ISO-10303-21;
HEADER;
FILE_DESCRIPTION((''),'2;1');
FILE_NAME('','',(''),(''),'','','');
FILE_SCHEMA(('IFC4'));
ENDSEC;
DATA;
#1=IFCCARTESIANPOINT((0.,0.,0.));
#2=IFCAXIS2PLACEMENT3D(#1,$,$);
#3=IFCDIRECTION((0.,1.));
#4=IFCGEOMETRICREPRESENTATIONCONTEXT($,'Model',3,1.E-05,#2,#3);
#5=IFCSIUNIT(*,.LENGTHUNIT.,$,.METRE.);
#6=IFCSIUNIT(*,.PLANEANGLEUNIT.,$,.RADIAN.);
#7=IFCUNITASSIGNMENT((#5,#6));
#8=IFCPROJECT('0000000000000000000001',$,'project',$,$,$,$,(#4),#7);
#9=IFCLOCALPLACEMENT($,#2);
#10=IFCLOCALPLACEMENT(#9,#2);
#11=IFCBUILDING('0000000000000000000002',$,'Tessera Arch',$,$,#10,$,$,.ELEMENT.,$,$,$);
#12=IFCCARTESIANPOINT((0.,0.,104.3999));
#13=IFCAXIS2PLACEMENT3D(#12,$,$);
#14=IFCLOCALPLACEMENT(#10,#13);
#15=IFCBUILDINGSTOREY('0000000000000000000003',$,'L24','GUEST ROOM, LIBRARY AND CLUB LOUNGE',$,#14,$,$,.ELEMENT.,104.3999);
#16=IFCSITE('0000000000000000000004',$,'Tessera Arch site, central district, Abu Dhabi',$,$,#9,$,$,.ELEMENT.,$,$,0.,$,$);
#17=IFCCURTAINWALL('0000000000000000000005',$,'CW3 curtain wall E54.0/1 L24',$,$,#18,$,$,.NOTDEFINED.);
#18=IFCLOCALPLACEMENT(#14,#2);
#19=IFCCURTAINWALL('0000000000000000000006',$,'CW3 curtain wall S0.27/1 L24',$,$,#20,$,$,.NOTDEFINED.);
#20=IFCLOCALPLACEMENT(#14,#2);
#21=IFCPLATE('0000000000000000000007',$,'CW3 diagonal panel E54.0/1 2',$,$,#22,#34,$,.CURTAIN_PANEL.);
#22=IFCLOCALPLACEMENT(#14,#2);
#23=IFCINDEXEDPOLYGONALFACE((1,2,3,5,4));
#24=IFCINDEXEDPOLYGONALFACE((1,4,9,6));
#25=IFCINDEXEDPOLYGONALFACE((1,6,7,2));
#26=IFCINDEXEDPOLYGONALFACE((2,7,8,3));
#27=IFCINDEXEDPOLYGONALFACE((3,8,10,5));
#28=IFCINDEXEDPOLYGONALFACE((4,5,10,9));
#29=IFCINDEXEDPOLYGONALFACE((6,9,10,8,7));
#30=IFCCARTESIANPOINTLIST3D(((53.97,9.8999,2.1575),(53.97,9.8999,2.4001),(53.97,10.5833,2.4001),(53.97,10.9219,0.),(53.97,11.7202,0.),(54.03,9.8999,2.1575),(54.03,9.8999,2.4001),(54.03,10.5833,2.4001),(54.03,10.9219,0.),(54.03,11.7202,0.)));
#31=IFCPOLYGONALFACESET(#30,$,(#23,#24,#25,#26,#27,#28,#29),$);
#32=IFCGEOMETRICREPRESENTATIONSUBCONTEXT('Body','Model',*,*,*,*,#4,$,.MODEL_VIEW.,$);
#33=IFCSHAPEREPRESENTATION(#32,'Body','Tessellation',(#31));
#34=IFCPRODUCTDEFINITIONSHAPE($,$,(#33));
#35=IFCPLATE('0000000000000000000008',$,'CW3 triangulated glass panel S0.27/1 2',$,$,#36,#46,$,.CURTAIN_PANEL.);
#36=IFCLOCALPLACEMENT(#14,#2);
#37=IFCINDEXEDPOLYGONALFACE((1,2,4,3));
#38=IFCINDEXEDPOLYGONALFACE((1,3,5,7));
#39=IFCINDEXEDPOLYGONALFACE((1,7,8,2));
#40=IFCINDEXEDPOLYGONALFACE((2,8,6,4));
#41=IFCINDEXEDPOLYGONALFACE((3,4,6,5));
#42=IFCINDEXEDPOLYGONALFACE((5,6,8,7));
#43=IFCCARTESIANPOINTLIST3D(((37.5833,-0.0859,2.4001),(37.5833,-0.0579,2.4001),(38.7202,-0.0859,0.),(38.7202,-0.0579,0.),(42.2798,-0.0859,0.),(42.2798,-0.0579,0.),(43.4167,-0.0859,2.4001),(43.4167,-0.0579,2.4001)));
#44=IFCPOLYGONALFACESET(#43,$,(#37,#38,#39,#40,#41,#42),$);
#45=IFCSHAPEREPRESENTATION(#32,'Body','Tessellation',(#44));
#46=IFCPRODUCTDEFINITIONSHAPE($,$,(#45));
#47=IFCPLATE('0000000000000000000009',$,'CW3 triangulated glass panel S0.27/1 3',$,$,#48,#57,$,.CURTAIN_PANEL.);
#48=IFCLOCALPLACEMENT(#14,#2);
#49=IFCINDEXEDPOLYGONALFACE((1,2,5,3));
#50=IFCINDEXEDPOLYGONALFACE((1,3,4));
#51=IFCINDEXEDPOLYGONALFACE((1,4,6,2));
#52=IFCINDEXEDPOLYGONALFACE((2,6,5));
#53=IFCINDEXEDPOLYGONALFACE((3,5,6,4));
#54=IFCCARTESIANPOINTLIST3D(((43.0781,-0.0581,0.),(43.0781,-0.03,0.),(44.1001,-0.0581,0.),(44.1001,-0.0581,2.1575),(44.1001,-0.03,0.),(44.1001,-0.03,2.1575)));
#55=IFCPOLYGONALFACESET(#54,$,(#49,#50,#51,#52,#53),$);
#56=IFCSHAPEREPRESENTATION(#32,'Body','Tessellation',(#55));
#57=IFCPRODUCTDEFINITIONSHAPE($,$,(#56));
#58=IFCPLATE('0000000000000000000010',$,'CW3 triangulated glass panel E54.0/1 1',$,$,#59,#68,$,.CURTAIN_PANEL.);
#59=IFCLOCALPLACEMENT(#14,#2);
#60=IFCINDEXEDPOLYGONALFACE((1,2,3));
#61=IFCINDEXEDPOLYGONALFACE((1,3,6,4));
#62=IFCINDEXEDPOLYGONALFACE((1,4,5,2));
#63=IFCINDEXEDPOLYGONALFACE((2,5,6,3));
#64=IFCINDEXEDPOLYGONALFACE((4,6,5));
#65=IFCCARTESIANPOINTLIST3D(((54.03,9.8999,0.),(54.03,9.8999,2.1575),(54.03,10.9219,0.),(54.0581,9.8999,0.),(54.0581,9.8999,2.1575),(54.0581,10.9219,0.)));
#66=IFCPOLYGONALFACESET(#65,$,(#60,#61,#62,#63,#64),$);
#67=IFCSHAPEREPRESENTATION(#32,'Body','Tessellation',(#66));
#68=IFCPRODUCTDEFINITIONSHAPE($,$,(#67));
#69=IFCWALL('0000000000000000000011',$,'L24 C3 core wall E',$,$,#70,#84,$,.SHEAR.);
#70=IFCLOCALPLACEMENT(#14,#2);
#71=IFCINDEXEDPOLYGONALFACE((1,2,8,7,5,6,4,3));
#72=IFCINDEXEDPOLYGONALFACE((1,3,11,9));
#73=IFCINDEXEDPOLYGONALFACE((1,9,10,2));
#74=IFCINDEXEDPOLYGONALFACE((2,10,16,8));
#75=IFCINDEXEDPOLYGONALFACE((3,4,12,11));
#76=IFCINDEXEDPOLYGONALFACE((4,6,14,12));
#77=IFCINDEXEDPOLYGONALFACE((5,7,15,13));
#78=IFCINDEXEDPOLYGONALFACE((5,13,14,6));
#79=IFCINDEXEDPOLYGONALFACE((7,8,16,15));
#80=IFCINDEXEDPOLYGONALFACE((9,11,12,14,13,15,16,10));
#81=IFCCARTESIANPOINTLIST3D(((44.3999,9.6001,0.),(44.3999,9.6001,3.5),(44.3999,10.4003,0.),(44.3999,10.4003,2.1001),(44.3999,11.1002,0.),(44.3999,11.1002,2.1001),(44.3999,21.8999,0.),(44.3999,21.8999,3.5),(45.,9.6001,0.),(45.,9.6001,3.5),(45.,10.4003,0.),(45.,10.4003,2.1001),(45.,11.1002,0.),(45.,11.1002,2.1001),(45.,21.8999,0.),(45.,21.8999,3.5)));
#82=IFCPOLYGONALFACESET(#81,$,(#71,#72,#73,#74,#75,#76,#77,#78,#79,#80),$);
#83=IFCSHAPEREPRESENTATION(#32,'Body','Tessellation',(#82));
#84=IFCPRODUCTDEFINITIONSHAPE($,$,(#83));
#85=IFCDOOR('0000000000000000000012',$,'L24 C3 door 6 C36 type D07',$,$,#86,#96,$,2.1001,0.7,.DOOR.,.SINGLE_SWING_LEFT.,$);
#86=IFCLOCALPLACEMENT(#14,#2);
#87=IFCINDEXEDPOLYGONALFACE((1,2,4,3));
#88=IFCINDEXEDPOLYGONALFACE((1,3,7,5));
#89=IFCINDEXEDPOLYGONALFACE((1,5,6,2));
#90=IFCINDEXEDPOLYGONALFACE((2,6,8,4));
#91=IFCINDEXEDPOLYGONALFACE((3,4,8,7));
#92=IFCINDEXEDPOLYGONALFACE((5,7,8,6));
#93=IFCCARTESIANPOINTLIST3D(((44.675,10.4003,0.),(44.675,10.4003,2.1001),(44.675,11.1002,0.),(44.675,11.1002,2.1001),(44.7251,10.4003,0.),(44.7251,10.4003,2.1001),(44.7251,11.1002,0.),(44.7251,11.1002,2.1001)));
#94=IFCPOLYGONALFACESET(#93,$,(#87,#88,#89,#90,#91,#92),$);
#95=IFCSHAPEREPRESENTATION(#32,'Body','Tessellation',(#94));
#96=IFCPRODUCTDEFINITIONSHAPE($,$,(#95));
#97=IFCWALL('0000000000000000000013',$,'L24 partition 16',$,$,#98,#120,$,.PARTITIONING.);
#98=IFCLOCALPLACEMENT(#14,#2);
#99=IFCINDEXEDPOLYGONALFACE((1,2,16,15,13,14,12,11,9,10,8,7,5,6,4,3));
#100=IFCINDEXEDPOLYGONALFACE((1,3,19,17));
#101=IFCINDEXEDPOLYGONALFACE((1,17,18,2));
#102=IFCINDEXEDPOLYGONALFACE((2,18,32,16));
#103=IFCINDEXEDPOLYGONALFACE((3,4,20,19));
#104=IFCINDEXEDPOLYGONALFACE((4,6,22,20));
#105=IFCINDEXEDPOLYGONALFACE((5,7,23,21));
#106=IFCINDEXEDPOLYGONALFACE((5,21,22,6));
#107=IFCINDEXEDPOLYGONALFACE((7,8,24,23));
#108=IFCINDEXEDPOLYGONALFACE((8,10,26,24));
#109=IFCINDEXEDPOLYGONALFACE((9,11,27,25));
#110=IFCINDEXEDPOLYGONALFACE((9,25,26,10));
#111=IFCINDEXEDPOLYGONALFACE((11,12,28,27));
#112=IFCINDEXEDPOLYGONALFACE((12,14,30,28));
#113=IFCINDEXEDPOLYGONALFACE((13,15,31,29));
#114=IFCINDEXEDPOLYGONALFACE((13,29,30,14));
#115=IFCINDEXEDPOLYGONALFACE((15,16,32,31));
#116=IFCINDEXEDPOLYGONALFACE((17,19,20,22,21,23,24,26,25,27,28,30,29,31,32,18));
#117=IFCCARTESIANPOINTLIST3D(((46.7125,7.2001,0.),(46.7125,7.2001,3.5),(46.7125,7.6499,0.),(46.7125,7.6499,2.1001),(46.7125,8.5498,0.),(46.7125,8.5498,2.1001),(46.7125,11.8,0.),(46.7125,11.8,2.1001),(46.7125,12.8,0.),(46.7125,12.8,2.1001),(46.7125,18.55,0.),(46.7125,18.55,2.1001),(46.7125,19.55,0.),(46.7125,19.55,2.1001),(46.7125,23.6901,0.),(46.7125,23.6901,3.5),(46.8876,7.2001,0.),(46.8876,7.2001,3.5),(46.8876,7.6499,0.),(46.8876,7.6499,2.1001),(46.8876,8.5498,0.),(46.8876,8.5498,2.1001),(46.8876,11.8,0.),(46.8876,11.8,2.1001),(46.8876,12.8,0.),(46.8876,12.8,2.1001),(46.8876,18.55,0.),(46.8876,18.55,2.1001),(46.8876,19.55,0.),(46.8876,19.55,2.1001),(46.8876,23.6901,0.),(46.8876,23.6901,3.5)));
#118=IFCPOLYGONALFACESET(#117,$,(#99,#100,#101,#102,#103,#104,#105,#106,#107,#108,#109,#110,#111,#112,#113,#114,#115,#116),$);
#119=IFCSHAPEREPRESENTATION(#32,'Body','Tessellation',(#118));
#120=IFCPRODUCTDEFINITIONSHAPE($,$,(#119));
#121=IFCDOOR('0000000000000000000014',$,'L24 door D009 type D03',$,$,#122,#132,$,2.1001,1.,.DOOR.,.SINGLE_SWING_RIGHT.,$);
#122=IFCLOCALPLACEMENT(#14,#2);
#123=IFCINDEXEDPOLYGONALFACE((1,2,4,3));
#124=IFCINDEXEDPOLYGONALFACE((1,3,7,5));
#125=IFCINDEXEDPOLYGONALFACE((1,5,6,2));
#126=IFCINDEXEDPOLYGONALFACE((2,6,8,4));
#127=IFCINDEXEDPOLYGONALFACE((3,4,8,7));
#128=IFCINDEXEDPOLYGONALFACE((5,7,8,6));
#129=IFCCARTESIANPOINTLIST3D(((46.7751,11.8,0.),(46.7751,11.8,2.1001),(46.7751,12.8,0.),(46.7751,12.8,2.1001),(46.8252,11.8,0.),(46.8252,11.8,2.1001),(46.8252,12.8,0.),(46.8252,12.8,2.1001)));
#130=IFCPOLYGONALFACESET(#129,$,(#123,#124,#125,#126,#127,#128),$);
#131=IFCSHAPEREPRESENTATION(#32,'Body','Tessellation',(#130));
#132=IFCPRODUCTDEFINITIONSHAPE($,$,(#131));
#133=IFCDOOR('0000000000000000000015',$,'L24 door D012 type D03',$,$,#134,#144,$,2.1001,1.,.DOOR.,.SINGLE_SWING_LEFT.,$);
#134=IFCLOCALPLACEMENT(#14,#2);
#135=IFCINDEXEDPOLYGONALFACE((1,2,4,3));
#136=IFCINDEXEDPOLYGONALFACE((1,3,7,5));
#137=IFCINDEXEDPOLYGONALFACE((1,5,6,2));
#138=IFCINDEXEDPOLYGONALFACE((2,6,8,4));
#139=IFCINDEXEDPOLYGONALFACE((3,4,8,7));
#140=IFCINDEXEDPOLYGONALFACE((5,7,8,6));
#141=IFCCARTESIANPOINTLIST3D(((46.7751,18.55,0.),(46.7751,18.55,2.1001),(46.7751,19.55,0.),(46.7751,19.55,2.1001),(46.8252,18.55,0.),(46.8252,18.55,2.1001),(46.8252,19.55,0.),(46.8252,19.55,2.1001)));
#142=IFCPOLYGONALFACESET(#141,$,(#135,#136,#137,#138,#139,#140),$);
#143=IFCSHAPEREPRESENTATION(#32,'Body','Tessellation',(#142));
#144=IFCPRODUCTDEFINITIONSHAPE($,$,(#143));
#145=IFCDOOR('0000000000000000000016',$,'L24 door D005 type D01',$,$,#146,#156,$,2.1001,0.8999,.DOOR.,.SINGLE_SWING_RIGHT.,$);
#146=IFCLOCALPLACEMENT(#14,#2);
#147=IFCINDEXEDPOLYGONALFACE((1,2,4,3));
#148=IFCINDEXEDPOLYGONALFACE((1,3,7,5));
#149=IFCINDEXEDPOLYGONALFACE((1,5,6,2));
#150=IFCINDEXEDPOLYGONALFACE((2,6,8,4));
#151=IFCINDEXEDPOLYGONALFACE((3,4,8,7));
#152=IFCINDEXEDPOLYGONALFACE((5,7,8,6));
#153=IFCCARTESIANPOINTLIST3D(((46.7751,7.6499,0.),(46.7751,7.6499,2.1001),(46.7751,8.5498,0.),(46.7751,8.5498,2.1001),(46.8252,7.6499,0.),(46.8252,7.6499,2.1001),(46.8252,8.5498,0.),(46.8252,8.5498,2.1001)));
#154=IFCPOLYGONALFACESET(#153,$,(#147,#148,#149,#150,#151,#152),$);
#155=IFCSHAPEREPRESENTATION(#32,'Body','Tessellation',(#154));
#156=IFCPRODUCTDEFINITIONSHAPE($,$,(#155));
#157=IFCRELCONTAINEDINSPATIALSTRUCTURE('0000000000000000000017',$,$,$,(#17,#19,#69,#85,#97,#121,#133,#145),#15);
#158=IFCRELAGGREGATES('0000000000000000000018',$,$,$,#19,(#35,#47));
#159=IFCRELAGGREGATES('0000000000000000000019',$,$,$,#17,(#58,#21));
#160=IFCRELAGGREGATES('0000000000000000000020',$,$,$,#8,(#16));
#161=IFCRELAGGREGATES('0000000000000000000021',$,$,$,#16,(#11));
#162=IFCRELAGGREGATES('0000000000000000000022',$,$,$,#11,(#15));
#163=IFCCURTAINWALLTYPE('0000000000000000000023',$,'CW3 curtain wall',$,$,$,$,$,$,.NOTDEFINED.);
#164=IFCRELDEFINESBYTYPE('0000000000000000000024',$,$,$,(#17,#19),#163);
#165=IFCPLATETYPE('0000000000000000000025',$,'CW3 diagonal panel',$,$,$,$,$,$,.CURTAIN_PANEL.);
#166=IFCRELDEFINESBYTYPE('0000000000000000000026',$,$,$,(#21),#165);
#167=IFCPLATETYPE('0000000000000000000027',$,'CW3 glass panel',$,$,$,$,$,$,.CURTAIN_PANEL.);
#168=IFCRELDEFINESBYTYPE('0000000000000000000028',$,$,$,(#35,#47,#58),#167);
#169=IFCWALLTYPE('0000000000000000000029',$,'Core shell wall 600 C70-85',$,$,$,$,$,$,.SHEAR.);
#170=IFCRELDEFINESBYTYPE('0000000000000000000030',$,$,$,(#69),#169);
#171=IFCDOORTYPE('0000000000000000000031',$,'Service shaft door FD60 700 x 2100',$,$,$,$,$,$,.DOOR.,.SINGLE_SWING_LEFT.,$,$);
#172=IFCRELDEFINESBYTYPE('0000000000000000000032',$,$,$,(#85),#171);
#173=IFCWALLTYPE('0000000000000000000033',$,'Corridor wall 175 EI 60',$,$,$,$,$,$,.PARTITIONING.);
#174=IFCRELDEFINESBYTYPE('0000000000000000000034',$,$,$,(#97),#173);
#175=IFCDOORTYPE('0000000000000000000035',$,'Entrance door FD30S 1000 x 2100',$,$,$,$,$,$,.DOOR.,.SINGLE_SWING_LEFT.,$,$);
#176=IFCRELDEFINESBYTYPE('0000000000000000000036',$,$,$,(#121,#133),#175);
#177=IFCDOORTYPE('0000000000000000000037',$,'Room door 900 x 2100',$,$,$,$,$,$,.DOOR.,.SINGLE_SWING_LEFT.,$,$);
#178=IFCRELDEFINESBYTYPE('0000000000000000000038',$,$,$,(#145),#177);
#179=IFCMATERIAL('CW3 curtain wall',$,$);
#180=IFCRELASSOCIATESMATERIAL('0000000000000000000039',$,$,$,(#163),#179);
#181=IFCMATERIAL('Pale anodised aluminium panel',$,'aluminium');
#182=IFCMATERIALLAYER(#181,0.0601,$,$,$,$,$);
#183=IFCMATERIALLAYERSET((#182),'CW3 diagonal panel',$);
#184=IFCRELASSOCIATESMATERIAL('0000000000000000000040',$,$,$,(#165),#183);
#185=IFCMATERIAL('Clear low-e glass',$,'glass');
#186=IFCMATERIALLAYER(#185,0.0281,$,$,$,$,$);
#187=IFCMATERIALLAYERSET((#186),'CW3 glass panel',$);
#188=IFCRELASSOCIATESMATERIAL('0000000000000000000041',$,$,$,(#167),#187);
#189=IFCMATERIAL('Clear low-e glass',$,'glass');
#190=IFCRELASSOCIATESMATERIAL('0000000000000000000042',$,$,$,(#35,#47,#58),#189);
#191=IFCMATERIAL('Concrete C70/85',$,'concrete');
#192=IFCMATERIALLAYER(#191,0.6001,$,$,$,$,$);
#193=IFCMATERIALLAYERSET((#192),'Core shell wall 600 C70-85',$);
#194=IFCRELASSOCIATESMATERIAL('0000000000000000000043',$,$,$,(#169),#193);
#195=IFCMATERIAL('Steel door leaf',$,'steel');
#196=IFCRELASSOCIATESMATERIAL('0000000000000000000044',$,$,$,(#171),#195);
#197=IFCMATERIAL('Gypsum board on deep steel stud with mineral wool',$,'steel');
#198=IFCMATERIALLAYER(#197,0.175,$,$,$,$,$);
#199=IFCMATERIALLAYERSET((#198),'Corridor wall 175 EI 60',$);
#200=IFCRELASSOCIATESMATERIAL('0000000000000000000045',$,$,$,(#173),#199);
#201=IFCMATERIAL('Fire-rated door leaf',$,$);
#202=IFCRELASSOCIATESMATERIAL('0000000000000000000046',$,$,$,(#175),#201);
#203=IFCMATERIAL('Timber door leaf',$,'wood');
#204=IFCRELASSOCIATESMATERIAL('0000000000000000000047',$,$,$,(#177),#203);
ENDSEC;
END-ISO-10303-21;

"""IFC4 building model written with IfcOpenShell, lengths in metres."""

from ifc_helpers import new_model, si_unit, direction, frame, frame_2d, origin, place, context, subcontext, project, spatial, polyline, rectangle, outline, extrude, material, layer, layer_set, type_object, element, fill, aggregate, save


model = new_model("IFC4")

# Units and contexts
model_context = context("Model", 3, precision=1e-05, world=origin(), true_north=direction((0.0, 1.0)))
body_context = subcontext(model_context, "Body", "Model", "MODEL_VIEW")
ifc_project = project(units=[si_unit("LENGTHUNIT", "METRE"), si_unit("PLANEANGLEUNIT", "RADIAN")], contexts=[model_context])

# Site, building, storey
site_placement = place(None, origin())
site = spatial("IfcSite", under=ifc_project, at=site_placement, Name="Tessera Arch site, central district, Abu Dhabi", CompositionType="ELEMENT", RefElevation=0.0)
building_placement = place(site_placement, origin())
building = spatial("IfcBuilding", under=site, at=building_placement, Name="Tessera Arch", CompositionType="ELEMENT")
storey_placement = place(building_placement, frame((0.0, 0.0, 104.3999)))
storey = spatial("IfcBuildingStorey", under=building, at=storey_placement, Name="L24", Description="GUEST ROOM, LIBRARY AND CLUB LOUNGE", CompositionType="ELEMENT", Elevation=104.3999)

# Curtain wall
ifc_material_1 = material(Name="CW3 curtain wall")
curtain_wall_type_1 = type_object("IfcCurtainWallType", Name="CW3 curtain wall", PredefinedType="NOTDEFINED", material=ifc_material_1)
curtain_wall_1_placement = place(storey_placement, origin())
curtain_wall_1 = element("IfcCurtainWall", 1, at=curtain_wall_1_placement, inside=storey, type_object=curtain_wall_type_1, Name="CW3 curtain wall E54.0/1 L24", PredefinedType="NOTDEFINED")

# Shared definitions
ifc_material_2 = material(Name="Clear low-e glass", Category="glass")

# Curtain wall
curtain_wall_2_placement = place(storey_placement, origin())
curtain_wall_2 = element("IfcCurtainWall", 2, at=curtain_wall_2_placement, inside=storey, type_object=curtain_wall_type_1, Name="CW3 curtain wall S0.27/1 L24", PredefinedType="NOTDEFINED")
ifc_material_3 = material(Name="Pale anodised aluminium panel", Category="aluminium")
ifc_layer_1 = layer(ifc_material_3, 0.0601)
ifc_layer_set_1 = layer_set([ifc_layer_1], Name="CW3 diagonal panel")
plate_type_1 = type_object("IfcPlateType", Name="CW3 diagonal panel", PredefinedType="CURTAIN_PANEL", material=ifc_layer_set_1)

# Plates
plate_1_placement = place(storey_placement, frame((54.03, 9.8999, 2.4001), z_axis=(1.0, 0.0, 0.0), x_axis=(0.0, 0.0, -1.0)))
plate_1 = element("IfcPlate", 3, at=plate_1_placement, type_object=plate_type_1, Name="CW3 diagonal panel E54.0/1 2", PredefinedType="CURTAIN_PANEL", context=body_context, shape_type="SweptSolid", body=[
    extrude(outline(polyline([(0.0, 0.0), (0.2427, 0.0), (2.4001, 1.022), (2.4001, 1.8203), (0.0, 0.6833), (0.0, 0.0)])), origin(), (0.0, 0.0, -1.0), 0.0601),
])
ifc_material_4 = material(Name="Clear low-e glass", Category="glass")
ifc_layer_2 = layer(ifc_material_4, 0.0281)
ifc_layer_set_2 = layer_set([ifc_layer_2], Name="CW3 glass panel")
plate_type_2 = type_object("IfcPlateType", Name="CW3 glass panel", PredefinedType="CURTAIN_PANEL", material=ifc_layer_set_2)
plate_2_placement = place(storey_placement, frame((43.4167, -0.0859, 2.4001), z_axis=(0.0, -1.0, 0.0), x_axis=(-1.0, 0.0, 0.0)))
plate_2 = element("IfcPlate", 4, at=plate_2_placement, type_object=plate_type_2, material=ifc_material_2, Name="CW3 triangulated glass panel S0.27/1 2", PredefinedType="CURTAIN_PANEL", context=body_context, shape_type="SweptSolid", body=[
    extrude(outline(polyline([(0.0, 0.0), (5.8335, 0.0), (4.6965, 2.4001), (1.137, 2.4001), (0.0, 0.0)])), origin(), (0.0, 0.0, -1.0), 0.0281),
])
plate_3_placement = place(storey_placement, frame((44.1001, -0.0581, 0.0), z_axis=(0.0, -1.0, 0.0), x_axis=(0.0, 0.0, 1.0)))
plate_3 = element("IfcPlate", 5, at=plate_3_placement, type_object=plate_type_2, material=ifc_material_2, Name="CW3 triangulated glass panel S0.27/1 3", PredefinedType="CURTAIN_PANEL", context=body_context, shape_type="SweptSolid", body=[
    extrude(outline(polyline([(0.0, 0.0), (2.1575, 0.0), (0.0, 1.022), (0.0, 0.0)])), origin(), (0.0, 0.0, -1.0), 0.0281),
])
aggregate(curtain_wall_2, [plate_2, plate_3])
plate_4_placement = place(storey_placement, frame((54.0581, 9.8999, 0.0), z_axis=(1.0, 0.0, 0.0), x_axis=(0.0, 1.0, 0.0)))
plate_4 = element("IfcPlate", 6, at=plate_4_placement, type_object=plate_type_2, material=ifc_material_2, Name="CW3 triangulated glass panel E54.0/1 1", PredefinedType="CURTAIN_PANEL", context=body_context, shape_type="SweptSolid", body=[
    extrude(outline(polyline([(0.0, 0.0), (1.022, 0.0), (0.0, 2.1575), (0.0, 0.0)])), origin(), (0.0, 0.0, -1.0), 0.0281),
])
aggregate(curtain_wall_1, [plate_4, plate_1])

# Wall, opening, door
ifc_material_5 = material(Name="Concrete C70/85", Category="concrete")
ifc_layer_3 = layer(ifc_material_5, 0.6001)
ifc_layer_set_3 = layer_set([ifc_layer_3], Name="Core shell wall 600 C70-85")
wall_type_1 = type_object("IfcWallType", Name="Core shell wall 600 C70-85", PredefinedType="SHEAR", material=ifc_layer_set_3)
wall_1_placement = place(storey_placement, frame((44.7, 9.6001, 0.0), z_axis=(0.0, 0.0, 1.0), x_axis=(0.0, 1.0, 0.0)))
wall_1 = element("IfcWall", 7, at=wall_1_placement, inside=storey, type_object=wall_type_1, Name="L24 C3 core wall E", PredefinedType="SHEAR", context=body_context, shape_type="SweptSolid", body=[
    extrude(rectangle(XDim=12.2998, YDim=0.6001, at=frame_2d((6.1499, 0.0))), origin(), (0.0, 0.0, 1.0), 3.5),
])
opening_1_placement = place(wall_1_placement, frame((0.8, 0.0, 0.0)))
opening_1 = element("IfcOpeningElement", 8, at=opening_1_placement, cuts=wall_1, PredefinedType="OPENING", context=body_context, shape_type="SweptSolid", body=[
    extrude(rectangle(XDim=0.7, YDim=2.1001, at=frame_2d((0.3501, 1.05))), frame((0.0, 0.3101, 0.0), z_axis=(0.0, -1.0, 0.0), x_axis=(1.0, 0.0, 0.0)), (0.0, 0.0, 1.0), 0.6201),
])
ifc_material_6 = material(Name="Steel door leaf", Category="steel")
door_type_1 = type_object("IfcDoorType", Name="Service shaft door FD60 700 x 2100", OperationType="SINGLE_SWING_LEFT", PredefinedType="DOOR", material=ifc_material_6)
door_1_placement = place(opening_1_placement, origin())
door_1 = element("IfcDoor", 9, at=door_1_placement, inside=storey, type_object=door_type_1, Name="L24 C3 door 6 C36 type D07", OperationType="SINGLE_SWING_LEFT", OverallHeight=2.1001, OverallWidth=0.7, PredefinedType="DOOR", context=body_context, shape_type="SweptSolid", body=[
    extrude(rectangle(XDim=0.7, YDim=2.1001, at=frame_2d((0.3501, 1.05))), frame((0.0, 0.0249, 0.0), z_axis=(0.0, -1.0, 0.0), x_axis=(1.0, 0.0, 0.0)), (0.0, 0.0, 1.0), 0.05),
])
fill(opening_1, door_1)

# Wall, openings, doors
ifc_material_7 = material(Name="Gypsum board on deep steel stud with mineral wool", Category="steel")
ifc_layer_4 = layer(ifc_material_7, 0.175)
ifc_layer_set_4 = layer_set([ifc_layer_4], Name="Corridor wall 175 EI 60")
wall_type_2 = type_object("IfcWallType", Name="Corridor wall 175 EI 60", PredefinedType="PARTITIONING", material=ifc_layer_set_4)
wall_2_placement = place(storey_placement, frame((46.8, 7.2, 0.0), z_axis=(0.0, 0.0, 1.0), x_axis=(0.0, 1.0, 0.0)))
wall_2 = element("IfcWall", 10, at=wall_2_placement, inside=storey, type_object=wall_type_2, Name="L24 partition 16", PredefinedType="PARTITIONING", context=body_context, shape_type="SweptSolid", body=[
    extrude(rectangle(XDim=16.49, YDim=0.175, at=frame_2d((8.2451, 0.0))), origin(), (0.0, 0.0, 1.0), 3.5),
])
opening_2_placement = place(wall_2_placement, frame((0.45, 0.0, 0.0)))
opening_2 = element("IfcOpeningElement", 11, at=opening_2_placement, cuts=wall_2, PredefinedType="OPENING", context=body_context, shape_type="SweptSolid", body=[
    extrude(rectangle(XDim=0.8999, YDim=2.1001, at=frame_2d((0.45, 1.05))), frame((0.0, 0.0974, 0.0), z_axis=(0.0, -1.0, 0.0), x_axis=(1.0, 0.0, 0.0)), (0.0, 0.0, 1.0), 0.1951),
])
opening_3_placement = place(wall_2_placement, frame((4.6001, 0.0, 0.0)))
opening_3 = element("IfcOpeningElement", 12, at=opening_3_placement, cuts=wall_2, PredefinedType="OPENING", context=body_context, shape_type="SweptSolid", body=[
    extrude(rectangle(XDim=1.0, YDim=2.1001, at=frame_2d((0.5, 1.05))), frame((0.0, 0.0974, 0.0), z_axis=(0.0, -1.0, 0.0), x_axis=(1.0, 0.0, 0.0)), (0.0, 0.0, 1.0), 0.1951),
])
opening_4_placement = place(wall_2_placement, frame((11.3501, 0.0, 0.0)))
opening_4 = element("IfcOpeningElement", 13, at=opening_4_placement, cuts=wall_2, PredefinedType="OPENING", context=body_context, shape_type="SweptSolid", body=[
    extrude(rectangle(XDim=1.0, YDim=2.1001, at=frame_2d((0.5, 1.05))), frame((0.0, 0.0974, 0.0), z_axis=(0.0, -1.0, 0.0), x_axis=(1.0, 0.0, 0.0)), (0.0, 0.0, 1.0), 0.1951),
])
ifc_material_8 = material(Name="Fire-rated door leaf")
door_type_2 = type_object("IfcDoorType", Name="Entrance door FD30S 1000 x 2100", OperationType="SINGLE_SWING_LEFT", PredefinedType="DOOR", material=ifc_material_8)
door_2_placement = place(opening_3_placement, origin())
door_2 = element("IfcDoor", 14, at=door_2_placement, inside=storey, type_object=door_type_2, Name="L24 door D009 type D03", OperationType="SINGLE_SWING_RIGHT", OverallHeight=2.1001, OverallWidth=1.0, PredefinedType="DOOR", context=body_context, shape_type="SweptSolid", body=[
    extrude(rectangle(XDim=1.0, YDim=2.1001, at=frame_2d((0.5, 1.05))), frame((0.0, 0.0249, 0.0), z_axis=(0.0, -1.0, 0.0), x_axis=(1.0, 0.0, 0.0)), (0.0, 0.0, 1.0), 0.05),
])
fill(opening_3, door_2)
door_3_placement = place(opening_4_placement, origin())
door_3 = element("IfcDoor", 15, at=door_3_placement, inside=storey, type_object=door_type_2, Name="L24 door D012 type D03", OperationType="SINGLE_SWING_LEFT", OverallHeight=2.1001, OverallWidth=1.0, PredefinedType="DOOR", context=body_context, shape_type="SweptSolid", body=[
    extrude(rectangle(XDim=1.0, YDim=2.1001, at=frame_2d((0.5, 1.05))), frame((0.0, 0.0249, 0.0), z_axis=(0.0, -1.0, 0.0), x_axis=(1.0, 0.0, 0.0)), (0.0, 0.0, 1.0), 0.05),
])
fill(opening_4, door_3)
ifc_material_9 = material(Name="Timber door leaf", Category="wood")
door_type_3 = type_object("IfcDoorType", Name="Room door 900 x 2100", OperationType="SINGLE_SWING_LEFT", PredefinedType="DOOR", material=ifc_material_9)
door_4_placement = place(opening_2_placement, origin())
door_4 = element("IfcDoor", 16, at=door_4_placement, inside=storey, type_object=door_type_3, Name="L24 door D005 type D01", OperationType="SINGLE_SWING_RIGHT", OverallHeight=2.1001, OverallWidth=0.8999, PredefinedType="DOOR", context=body_context, shape_type="SweptSolid", body=[
    extrude(rectangle(XDim=0.8999, YDim=2.1001, at=frame_2d((0.45, 1.05))), frame((0.0, 0.0249, 0.0), z_axis=(0.0, -1.0, 0.0), x_axis=(1.0, 0.0, 0.0)), (0.0, 0.0, 1.0), 0.05),
])
fill(opening_2, door_4)

save(model, "model.ifc")
